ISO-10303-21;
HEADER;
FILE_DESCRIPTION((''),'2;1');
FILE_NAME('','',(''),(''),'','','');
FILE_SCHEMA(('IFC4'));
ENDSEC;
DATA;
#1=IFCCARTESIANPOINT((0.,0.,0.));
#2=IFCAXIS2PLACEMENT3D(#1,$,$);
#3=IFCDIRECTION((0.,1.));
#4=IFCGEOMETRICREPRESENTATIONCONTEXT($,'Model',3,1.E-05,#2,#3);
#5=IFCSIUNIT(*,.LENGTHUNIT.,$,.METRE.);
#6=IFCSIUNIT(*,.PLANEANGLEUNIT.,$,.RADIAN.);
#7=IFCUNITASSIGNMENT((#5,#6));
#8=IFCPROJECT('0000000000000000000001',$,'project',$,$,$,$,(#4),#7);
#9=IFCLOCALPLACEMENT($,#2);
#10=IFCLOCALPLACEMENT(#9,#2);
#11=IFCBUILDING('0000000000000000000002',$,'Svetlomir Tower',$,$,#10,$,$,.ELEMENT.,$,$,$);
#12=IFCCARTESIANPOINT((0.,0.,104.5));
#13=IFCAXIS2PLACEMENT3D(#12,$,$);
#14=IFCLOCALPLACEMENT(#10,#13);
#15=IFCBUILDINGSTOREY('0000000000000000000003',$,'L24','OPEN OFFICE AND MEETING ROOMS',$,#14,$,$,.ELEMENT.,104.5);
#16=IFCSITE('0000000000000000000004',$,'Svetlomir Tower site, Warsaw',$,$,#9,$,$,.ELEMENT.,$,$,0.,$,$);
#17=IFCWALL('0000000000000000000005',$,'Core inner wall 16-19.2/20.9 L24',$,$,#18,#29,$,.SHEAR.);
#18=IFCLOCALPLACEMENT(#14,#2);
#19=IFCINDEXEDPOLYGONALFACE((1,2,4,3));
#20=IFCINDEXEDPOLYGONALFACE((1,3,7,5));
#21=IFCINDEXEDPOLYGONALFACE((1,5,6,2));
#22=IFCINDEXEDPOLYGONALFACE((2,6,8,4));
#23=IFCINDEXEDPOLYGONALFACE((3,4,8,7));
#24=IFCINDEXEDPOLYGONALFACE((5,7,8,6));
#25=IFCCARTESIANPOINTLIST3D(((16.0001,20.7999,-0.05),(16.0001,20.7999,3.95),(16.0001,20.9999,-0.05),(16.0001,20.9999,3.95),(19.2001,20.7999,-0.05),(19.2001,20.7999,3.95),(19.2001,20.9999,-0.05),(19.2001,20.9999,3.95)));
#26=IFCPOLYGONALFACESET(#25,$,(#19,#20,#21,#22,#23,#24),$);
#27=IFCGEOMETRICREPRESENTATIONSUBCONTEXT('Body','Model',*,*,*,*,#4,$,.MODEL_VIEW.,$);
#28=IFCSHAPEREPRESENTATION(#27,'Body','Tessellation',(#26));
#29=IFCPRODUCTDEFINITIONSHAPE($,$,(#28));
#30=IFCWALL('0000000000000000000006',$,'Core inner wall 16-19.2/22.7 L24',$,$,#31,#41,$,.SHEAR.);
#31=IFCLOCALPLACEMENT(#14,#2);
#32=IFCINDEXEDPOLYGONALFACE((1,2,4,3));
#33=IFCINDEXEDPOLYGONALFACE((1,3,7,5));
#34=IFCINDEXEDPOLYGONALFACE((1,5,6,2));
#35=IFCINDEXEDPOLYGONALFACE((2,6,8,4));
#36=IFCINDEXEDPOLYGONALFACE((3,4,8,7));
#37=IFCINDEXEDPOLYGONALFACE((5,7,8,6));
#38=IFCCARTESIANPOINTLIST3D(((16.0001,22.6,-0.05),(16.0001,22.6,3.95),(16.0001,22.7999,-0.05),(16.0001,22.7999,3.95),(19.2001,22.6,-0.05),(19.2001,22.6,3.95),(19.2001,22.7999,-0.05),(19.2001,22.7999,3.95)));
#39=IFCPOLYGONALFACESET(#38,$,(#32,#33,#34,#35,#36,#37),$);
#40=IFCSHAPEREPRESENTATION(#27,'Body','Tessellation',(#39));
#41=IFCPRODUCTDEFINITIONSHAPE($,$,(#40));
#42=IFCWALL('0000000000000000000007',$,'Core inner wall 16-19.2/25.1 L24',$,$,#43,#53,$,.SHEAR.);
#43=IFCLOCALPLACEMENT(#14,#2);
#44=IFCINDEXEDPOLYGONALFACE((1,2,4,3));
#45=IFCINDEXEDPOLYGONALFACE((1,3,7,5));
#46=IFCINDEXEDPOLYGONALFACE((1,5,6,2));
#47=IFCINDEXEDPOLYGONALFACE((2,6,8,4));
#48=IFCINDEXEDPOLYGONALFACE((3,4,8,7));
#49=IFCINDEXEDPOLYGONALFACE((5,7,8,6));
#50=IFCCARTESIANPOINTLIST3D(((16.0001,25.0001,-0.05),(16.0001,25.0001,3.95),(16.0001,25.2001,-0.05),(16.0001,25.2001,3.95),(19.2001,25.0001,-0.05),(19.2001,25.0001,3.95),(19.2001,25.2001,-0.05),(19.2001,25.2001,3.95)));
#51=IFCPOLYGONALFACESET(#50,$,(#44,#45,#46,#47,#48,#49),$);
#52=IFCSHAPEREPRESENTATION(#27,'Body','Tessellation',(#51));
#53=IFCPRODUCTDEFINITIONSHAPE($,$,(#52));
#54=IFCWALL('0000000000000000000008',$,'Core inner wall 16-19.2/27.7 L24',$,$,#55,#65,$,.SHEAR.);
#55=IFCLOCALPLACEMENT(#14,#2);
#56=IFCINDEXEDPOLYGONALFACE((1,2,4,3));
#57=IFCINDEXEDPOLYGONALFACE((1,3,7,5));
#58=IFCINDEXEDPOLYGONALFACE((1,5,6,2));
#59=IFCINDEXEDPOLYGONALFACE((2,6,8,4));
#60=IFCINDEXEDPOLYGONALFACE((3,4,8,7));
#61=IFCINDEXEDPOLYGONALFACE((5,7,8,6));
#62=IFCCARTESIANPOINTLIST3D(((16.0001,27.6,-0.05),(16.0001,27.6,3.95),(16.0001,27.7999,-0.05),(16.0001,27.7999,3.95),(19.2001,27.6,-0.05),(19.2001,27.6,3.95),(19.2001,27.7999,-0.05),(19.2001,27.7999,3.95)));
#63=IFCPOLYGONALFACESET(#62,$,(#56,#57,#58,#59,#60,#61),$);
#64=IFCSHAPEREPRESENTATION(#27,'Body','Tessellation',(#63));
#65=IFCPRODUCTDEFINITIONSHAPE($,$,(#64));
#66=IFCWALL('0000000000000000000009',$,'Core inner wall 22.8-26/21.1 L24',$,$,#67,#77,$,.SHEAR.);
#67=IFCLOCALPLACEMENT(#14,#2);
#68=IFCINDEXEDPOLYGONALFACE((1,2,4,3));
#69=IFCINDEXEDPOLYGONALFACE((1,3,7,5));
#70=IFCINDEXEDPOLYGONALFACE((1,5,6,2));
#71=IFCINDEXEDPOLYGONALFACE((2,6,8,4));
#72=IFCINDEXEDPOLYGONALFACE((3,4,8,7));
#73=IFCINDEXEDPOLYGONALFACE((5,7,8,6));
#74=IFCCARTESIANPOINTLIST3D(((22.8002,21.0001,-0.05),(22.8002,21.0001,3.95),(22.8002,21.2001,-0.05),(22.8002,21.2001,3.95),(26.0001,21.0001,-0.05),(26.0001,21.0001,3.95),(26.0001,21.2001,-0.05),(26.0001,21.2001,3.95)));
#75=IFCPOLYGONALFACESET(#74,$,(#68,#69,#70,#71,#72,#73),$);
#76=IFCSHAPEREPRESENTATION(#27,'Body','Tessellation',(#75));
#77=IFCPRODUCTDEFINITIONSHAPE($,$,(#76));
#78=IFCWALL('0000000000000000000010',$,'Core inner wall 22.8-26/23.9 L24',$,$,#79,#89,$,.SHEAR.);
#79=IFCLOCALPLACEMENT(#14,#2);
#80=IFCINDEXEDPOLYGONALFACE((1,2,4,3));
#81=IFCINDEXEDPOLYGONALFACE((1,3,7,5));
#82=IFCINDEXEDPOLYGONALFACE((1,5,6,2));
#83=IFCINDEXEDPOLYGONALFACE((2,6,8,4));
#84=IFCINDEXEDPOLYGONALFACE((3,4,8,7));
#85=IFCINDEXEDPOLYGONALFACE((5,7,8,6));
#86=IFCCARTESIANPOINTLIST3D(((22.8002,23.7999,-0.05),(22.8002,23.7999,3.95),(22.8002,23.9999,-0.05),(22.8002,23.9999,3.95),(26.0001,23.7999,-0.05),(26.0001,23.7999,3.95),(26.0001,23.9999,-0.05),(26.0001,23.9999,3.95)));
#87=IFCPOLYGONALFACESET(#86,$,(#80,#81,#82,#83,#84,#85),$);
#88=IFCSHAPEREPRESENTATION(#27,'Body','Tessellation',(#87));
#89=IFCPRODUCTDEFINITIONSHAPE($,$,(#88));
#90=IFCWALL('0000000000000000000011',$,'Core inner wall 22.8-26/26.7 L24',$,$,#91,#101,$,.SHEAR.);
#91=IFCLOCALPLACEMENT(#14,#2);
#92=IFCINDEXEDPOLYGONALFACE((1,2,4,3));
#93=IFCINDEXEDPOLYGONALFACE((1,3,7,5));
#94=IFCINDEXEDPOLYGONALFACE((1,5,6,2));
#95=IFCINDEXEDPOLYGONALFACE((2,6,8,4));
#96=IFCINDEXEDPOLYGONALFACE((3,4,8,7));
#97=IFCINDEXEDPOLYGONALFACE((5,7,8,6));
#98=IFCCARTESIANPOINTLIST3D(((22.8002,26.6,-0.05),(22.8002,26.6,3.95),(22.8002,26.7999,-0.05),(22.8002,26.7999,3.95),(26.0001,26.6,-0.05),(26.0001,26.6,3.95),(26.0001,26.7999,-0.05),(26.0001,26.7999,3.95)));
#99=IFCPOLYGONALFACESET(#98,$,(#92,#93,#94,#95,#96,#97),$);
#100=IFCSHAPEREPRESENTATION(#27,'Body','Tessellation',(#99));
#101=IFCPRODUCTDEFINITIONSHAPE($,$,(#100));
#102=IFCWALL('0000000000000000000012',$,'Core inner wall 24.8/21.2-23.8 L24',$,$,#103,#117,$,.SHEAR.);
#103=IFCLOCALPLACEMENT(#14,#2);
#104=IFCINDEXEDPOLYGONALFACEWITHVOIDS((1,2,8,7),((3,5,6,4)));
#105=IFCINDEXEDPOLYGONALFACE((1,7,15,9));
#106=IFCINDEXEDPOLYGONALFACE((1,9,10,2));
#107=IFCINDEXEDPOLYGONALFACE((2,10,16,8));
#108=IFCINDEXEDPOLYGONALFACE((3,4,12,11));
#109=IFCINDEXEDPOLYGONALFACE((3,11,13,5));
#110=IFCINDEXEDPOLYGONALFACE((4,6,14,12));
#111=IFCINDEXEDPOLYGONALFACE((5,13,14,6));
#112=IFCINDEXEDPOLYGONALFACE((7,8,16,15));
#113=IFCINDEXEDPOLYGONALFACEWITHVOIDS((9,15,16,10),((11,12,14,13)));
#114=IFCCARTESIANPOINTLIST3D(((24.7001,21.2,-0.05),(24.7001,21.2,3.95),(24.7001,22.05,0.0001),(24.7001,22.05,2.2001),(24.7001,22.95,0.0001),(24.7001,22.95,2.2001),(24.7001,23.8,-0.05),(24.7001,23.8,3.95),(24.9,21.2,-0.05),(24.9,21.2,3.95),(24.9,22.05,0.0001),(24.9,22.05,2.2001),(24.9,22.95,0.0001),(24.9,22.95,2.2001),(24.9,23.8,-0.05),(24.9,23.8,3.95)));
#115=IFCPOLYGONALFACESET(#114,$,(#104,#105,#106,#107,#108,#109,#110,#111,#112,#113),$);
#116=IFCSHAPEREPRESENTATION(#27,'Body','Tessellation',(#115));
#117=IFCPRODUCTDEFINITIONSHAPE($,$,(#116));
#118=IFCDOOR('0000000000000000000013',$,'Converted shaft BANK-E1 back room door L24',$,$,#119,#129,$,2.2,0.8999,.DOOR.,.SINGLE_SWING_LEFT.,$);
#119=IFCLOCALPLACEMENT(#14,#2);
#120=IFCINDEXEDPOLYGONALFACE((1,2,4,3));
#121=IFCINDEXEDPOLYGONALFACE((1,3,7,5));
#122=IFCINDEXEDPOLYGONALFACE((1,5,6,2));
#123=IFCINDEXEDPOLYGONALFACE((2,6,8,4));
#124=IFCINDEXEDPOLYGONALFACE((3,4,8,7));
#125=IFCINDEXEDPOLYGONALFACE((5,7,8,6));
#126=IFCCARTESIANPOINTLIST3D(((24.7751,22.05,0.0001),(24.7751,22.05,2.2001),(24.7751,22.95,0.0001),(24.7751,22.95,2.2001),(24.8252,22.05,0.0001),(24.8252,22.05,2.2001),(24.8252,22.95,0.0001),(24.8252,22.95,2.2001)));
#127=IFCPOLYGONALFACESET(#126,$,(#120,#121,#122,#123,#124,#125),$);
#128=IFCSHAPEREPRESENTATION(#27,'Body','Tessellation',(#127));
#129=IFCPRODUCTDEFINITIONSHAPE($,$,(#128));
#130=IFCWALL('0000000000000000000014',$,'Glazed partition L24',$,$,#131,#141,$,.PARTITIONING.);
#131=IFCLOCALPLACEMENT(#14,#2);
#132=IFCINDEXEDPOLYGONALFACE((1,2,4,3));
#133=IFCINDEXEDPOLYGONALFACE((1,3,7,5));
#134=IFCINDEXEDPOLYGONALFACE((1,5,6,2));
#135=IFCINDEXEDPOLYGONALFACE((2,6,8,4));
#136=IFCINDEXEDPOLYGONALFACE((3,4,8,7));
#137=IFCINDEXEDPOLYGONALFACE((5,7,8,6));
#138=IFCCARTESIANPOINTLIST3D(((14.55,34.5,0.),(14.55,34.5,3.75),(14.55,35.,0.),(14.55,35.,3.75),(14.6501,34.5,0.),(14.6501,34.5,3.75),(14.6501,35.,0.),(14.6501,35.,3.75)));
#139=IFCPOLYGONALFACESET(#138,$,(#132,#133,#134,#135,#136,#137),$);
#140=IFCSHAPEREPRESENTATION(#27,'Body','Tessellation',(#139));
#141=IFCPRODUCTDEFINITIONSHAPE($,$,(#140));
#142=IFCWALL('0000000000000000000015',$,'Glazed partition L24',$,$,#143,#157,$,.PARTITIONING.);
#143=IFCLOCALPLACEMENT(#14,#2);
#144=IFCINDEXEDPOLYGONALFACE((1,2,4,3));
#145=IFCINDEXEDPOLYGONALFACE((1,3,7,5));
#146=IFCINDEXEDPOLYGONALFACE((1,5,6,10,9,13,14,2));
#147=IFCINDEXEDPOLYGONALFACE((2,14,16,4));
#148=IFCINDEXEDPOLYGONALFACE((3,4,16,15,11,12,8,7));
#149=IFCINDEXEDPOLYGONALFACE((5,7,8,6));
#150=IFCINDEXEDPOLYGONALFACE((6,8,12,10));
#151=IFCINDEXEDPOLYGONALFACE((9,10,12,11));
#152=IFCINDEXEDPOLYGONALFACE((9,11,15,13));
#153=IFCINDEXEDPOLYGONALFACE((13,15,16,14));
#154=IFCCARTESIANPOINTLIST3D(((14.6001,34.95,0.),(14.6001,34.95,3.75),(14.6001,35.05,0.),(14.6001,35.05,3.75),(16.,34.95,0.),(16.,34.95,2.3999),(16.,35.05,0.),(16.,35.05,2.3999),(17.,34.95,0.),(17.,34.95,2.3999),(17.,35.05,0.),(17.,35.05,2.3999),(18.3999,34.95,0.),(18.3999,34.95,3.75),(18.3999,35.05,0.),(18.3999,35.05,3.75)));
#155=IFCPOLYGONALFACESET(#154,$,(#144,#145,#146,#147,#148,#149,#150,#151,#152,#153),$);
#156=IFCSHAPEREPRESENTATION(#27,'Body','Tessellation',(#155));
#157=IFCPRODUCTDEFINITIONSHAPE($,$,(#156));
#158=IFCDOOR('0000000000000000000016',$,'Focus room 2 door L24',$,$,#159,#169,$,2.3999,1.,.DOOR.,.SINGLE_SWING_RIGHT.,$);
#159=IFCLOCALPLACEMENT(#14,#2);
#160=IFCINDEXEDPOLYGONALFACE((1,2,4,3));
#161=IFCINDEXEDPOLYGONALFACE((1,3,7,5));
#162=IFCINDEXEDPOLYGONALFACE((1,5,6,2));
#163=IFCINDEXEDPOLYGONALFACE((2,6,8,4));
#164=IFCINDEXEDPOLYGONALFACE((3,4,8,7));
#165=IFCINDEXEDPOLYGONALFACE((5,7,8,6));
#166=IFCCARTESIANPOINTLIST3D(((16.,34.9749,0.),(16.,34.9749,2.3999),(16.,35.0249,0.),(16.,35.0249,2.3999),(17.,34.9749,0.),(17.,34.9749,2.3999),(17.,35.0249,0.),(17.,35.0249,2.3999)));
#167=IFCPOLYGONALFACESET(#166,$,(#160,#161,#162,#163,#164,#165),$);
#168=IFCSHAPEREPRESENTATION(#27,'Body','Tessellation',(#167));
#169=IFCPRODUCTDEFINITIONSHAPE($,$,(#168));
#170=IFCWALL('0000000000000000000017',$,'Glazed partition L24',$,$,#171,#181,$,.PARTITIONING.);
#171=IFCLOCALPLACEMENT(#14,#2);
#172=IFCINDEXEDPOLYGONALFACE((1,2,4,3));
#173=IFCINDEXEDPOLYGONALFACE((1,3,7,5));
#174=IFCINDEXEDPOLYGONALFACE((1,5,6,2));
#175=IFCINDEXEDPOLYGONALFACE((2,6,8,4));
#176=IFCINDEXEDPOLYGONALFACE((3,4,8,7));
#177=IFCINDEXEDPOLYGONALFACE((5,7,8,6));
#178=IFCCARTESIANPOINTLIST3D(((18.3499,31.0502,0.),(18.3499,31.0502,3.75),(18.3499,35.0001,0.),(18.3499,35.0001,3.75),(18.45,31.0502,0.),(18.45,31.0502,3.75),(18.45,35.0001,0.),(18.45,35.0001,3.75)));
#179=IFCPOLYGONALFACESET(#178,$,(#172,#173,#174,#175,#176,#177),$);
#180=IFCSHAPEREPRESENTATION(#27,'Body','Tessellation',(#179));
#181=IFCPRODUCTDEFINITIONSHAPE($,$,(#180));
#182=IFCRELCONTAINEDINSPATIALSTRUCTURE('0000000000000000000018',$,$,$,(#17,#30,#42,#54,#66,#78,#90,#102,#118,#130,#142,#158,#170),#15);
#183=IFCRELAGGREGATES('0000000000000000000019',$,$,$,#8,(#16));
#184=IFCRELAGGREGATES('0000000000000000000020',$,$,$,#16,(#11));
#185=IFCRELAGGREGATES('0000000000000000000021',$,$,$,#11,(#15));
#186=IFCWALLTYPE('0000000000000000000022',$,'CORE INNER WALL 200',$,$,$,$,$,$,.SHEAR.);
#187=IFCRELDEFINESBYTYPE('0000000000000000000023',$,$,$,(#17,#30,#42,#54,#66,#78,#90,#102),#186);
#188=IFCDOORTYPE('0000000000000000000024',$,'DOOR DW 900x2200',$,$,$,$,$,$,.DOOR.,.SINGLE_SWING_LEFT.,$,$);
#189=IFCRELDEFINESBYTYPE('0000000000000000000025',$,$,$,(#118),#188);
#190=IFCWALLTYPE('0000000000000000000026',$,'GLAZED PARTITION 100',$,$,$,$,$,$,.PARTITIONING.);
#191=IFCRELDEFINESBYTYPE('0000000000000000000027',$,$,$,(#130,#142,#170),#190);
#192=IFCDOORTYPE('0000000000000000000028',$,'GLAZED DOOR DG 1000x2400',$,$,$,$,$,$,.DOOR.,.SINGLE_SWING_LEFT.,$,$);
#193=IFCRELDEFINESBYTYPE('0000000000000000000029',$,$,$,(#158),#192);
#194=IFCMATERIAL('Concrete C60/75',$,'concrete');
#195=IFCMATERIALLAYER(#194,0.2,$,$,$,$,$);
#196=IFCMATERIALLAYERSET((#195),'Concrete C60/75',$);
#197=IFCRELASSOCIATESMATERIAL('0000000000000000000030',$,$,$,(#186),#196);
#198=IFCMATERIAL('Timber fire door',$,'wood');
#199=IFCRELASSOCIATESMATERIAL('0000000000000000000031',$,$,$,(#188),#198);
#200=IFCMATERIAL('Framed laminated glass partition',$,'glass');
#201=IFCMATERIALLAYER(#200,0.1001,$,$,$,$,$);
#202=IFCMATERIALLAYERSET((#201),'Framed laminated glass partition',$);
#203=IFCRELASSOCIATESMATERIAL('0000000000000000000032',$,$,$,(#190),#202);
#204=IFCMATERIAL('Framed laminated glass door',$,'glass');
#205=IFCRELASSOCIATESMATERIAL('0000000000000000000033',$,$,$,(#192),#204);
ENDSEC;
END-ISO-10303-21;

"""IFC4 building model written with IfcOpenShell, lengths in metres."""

from ifc_helpers import new_model, si_unit, direction, frame, frame_2d, origin, place, context, subcontext, project, spatial, rectangle, extrude, material, layer, layer_set, type_object, element, fill, save


model = new_model("IFC4")

# Units and contexts
model_context = context("Model", 3, precision=1e-05, world=origin(), true_north=direction((0.0, 1.0)))
body_context = subcontext(model_context, "Body", "Model", "MODEL_VIEW")
ifc_project = project(units=[si_unit("LENGTHUNIT", "METRE"), si_unit("PLANEANGLEUNIT", "RADIAN")], contexts=[model_context])

# Site, building, storey
site_placement = place(None, origin())
site = spatial("IfcSite", under=ifc_project, at=site_placement, Name="Svetlomir Tower site, Warsaw", CompositionType="ELEMENT", RefElevation=0.0)
building_placement = place(site_placement, origin())
building = spatial("IfcBuilding", under=site, at=building_placement, Name="Svetlomir Tower", CompositionType="ELEMENT")
storey_placement = place(building_placement, frame((0.0, 0.0, 104.5)))
storey = spatial("IfcBuildingStorey", under=building, at=storey_placement, Name="L24", Description="OPEN OFFICE AND MEETING ROOMS", CompositionType="ELEMENT", Elevation=104.5)

# Walls
ifc_material_1 = material(Name="Concrete C60/75", Category="concrete")
ifc_layer_1 = layer(ifc_material_1, 0.2)
ifc_layer_set_1 = layer_set([ifc_layer_1], Name="Concrete C60/75")
wall_type_1 = type_object("IfcWallType", Name="CORE INNER WALL 200", PredefinedType="SHEAR", material=ifc_layer_set_1)
for number, where, z_axis, x_axis, name in (
    (1, (16.0, 20.8999, -0.05), (0.0, 0.0, 1.0), (1.0, 0.0, 0.0), "Core inner wall 16-19.2/20.9 L24"),
    (2, (16.0, 22.7, -0.05), (0.0, 0.0, 1.0), (1.0, 0.0, 0.0), "Core inner wall 16-19.2/22.7 L24"),
    (3, (16.0, 25.1001, -0.05), (0.0, 0.0, 1.0), (1.0, 0.0, 0.0), "Core inner wall 16-19.2/25.1 L24"),
    (4, (16.0, 27.7, -0.05), (0.0, 0.0, 1.0), (1.0, 0.0, 0.0), "Core inner wall 16-19.2/27.7 L24"),
    (5, (22.8, 21.1001, -0.05), (0.0, 0.0, 1.0), (1.0, 0.0, 0.0), "Core inner wall 22.8-26/21.1 L24"),
    (6, (22.8, 23.8999, -0.05), (0.0, 0.0, 1.0), (1.0, 0.0, 0.0), "Core inner wall 22.8-26/23.9 L24"),
    (7, (22.8, 26.7, -0.05), (0.0, 0.0, 1.0), (1.0, 0.0, 0.0), "Core inner wall 22.8-26/26.7 L24"),
):
    element("IfcWall", number, at=place(storey_placement, frame(where, z_axis=z_axis, x_axis=x_axis)), inside=storey, type_object=wall_type_1, Name=name, PredefinedType="SHEAR", context=body_context, shape_type="SweptSolid", body=[
        extrude(rectangle(XDim=3.2, YDim=0.2, at=frame_2d((1.6001, 0.0))), origin(), (0.0, 0.0, 1.0), 4.0),
    ])

# Wall, opening, door
wall_1_placement = place(storey_placement, frame((24.8, 21.2, -0.05), z_axis=(0.0, 0.0, 1.0), x_axis=(0.0, 1.0, 0.0)))
wall_1 = element("IfcWall", 8, at=wall_1_placement, inside=storey, type_object=wall_type_1, Name="Core inner wall 24.8/21.2-23.8 L24", PredefinedType="SHEAR", context=body_context, shape_type="SweptSolid", body=[
    extrude(rectangle(XDim=2.6001, YDim=0.2, at=frame_2d((1.3, 0.0))), origin(), (0.0, 0.0, 1.0), 4.0),
])
opening_1_placement = place(wall_1_placement, frame((0.8501, 0.0, 0.05)))
opening_1 = element("IfcOpeningElement", 9, at=opening_1_placement, cuts=wall_1, PredefinedType="OPENING", context=body_context, shape_type="SweptSolid", body=[
    extrude(rectangle(XDim=0.8999, YDim=2.2, at=frame_2d((0.45, 1.1001))), frame((0.0, 0.1099, 0.0), z_axis=(0.0, -1.0, 0.0), x_axis=(1.0, 0.0, 0.0)), (0.0, 0.0, 1.0), 0.22),
])
ifc_material_2 = material(Name="Timber fire door", Category="wood")
door_type_1 = type_object("IfcDoorType", Name="DOOR DW 900x2200", OperationType="SINGLE_SWING_LEFT", PredefinedType="DOOR", material=ifc_material_2)
door_1_placement = place(opening_1_placement, origin())
door_1 = element("IfcDoor", 10, at=door_1_placement, inside=storey, type_object=door_type_1, Name="Converted shaft BANK-E1 back room door L24", OperationType="SINGLE_SWING_LEFT", OverallHeight=2.2, OverallWidth=0.8999, PredefinedType="DOOR", context=body_context, shape_type="SweptSolid", body=[
    extrude(rectangle(XDim=0.8999, YDim=2.2, at=frame_2d((0.45, 1.1001))), frame((0.0, 0.0249, 0.0), z_axis=(0.0, -1.0, 0.0), x_axis=(1.0, 0.0, 0.0)), (0.0, 0.0, 1.0), 0.05),
])
fill(opening_1, door_1)

# Wall
ifc_material_3 = material(Name="Framed laminated glass partition", Category="glass")
ifc_layer_2 = layer(ifc_material_3, 0.1001)
ifc_layer_set_2 = layer_set([ifc_layer_2], Name="Framed laminated glass partition")
wall_type_2 = type_object("IfcWallType", Name="GLAZED PARTITION 100", PredefinedType="PARTITIONING", material=ifc_layer_set_2)
wall_2_placement = place(storey_placement, frame((14.6001, 34.5, 0.0), z_axis=(0.0, 0.0, 1.0), x_axis=(0.0, 1.0, 0.0)))
element("IfcWall", 11, at=wall_2_placement, inside=storey, type_object=wall_type_2, Name="Glazed partition L24", PredefinedType="PARTITIONING", context=body_context, shape_type="SweptSolid", body=[
    extrude(rectangle(XDim=0.5, YDim=0.1001, at=frame_2d((0.25, 0.0))), origin(), (0.0, 0.0, 1.0), 3.75),
])

# Wall, opening, door
wall_3_placement = place(storey_placement, frame((14.6001, 35.0, 0.0), z_axis=(0.0, 0.0, 1.0), x_axis=(1.0, 0.0, 0.0)))
wall_3 = element("IfcWall", 12, at=wall_3_placement, inside=storey, type_object=wall_type_2, Name="Glazed partition L24", PredefinedType="PARTITIONING", context=body_context, shape_type="SweptSolid", body=[
    extrude(rectangle(XDim=3.7998, YDim=0.1001, at=frame_2d((1.8999, 0.0))), origin(), (0.0, 0.0, 1.0), 3.75),
])
opening_2_placement = place(wall_3_placement, frame((1.3999, 0.0, 0.0)))
opening_2 = element("IfcOpeningElement", 13, at=opening_2_placement, cuts=wall_3, PredefinedType="OPENING", context=body_context, shape_type="SweptSolid", body=[
    extrude(rectangle(XDim=1.0, YDim=2.3999, at=frame_2d((0.5, 1.2))), frame((0.0, 0.0601, 0.0), z_axis=(0.0, -1.0, 0.0), x_axis=(1.0, 0.0, 0.0)), (0.0, 0.0, 1.0), 0.1201),
])
ifc_material_4 = material(Name="Framed laminated glass door", Category="glass")
door_type_2 = type_object("IfcDoorType", Name="GLAZED DOOR DG 1000x2400", OperationType="SINGLE_SWING_LEFT", PredefinedType="DOOR", material=ifc_material_4)
door_2_placement = place(opening_2_placement, origin())
door_2 = element("IfcDoor", 14, at=door_2_placement, inside=storey, type_object=door_type_2, Name="Focus room 2 door L24", OperationType="SINGLE_SWING_RIGHT", OverallHeight=2.3999, OverallWidth=1.0, PredefinedType="DOOR", context=body_context, shape_type="SweptSolid", body=[
    extrude(rectangle(XDim=1.0, YDim=2.3999, at=frame_2d((0.5, 1.2))), frame((0.0, 0.0249, 0.0), z_axis=(0.0, -1.0, 0.0), x_axis=(1.0, 0.0, 0.0)), (0.0, 0.0, 1.0), 0.05),
])
fill(opening_2, door_2)

# Wall
wall_4_placement = place(storey_placement, frame((18.3999, 31.05, 0.0), z_axis=(0.0, 0.0, 1.0), x_axis=(0.0, 1.0, 0.0)))
element("IfcWall", 15, at=wall_4_placement, inside=storey, type_object=wall_type_2, Name="Glazed partition L24", PredefinedType="PARTITIONING", context=body_context, shape_type="SweptSolid", body=[
    extrude(rectangle(XDim=3.95, YDim=0.1001, at=frame_2d((1.9751, 0.0))), origin(), (0.0, 0.0, 1.0), 3.75),
])

save(model, "model.ifc")
